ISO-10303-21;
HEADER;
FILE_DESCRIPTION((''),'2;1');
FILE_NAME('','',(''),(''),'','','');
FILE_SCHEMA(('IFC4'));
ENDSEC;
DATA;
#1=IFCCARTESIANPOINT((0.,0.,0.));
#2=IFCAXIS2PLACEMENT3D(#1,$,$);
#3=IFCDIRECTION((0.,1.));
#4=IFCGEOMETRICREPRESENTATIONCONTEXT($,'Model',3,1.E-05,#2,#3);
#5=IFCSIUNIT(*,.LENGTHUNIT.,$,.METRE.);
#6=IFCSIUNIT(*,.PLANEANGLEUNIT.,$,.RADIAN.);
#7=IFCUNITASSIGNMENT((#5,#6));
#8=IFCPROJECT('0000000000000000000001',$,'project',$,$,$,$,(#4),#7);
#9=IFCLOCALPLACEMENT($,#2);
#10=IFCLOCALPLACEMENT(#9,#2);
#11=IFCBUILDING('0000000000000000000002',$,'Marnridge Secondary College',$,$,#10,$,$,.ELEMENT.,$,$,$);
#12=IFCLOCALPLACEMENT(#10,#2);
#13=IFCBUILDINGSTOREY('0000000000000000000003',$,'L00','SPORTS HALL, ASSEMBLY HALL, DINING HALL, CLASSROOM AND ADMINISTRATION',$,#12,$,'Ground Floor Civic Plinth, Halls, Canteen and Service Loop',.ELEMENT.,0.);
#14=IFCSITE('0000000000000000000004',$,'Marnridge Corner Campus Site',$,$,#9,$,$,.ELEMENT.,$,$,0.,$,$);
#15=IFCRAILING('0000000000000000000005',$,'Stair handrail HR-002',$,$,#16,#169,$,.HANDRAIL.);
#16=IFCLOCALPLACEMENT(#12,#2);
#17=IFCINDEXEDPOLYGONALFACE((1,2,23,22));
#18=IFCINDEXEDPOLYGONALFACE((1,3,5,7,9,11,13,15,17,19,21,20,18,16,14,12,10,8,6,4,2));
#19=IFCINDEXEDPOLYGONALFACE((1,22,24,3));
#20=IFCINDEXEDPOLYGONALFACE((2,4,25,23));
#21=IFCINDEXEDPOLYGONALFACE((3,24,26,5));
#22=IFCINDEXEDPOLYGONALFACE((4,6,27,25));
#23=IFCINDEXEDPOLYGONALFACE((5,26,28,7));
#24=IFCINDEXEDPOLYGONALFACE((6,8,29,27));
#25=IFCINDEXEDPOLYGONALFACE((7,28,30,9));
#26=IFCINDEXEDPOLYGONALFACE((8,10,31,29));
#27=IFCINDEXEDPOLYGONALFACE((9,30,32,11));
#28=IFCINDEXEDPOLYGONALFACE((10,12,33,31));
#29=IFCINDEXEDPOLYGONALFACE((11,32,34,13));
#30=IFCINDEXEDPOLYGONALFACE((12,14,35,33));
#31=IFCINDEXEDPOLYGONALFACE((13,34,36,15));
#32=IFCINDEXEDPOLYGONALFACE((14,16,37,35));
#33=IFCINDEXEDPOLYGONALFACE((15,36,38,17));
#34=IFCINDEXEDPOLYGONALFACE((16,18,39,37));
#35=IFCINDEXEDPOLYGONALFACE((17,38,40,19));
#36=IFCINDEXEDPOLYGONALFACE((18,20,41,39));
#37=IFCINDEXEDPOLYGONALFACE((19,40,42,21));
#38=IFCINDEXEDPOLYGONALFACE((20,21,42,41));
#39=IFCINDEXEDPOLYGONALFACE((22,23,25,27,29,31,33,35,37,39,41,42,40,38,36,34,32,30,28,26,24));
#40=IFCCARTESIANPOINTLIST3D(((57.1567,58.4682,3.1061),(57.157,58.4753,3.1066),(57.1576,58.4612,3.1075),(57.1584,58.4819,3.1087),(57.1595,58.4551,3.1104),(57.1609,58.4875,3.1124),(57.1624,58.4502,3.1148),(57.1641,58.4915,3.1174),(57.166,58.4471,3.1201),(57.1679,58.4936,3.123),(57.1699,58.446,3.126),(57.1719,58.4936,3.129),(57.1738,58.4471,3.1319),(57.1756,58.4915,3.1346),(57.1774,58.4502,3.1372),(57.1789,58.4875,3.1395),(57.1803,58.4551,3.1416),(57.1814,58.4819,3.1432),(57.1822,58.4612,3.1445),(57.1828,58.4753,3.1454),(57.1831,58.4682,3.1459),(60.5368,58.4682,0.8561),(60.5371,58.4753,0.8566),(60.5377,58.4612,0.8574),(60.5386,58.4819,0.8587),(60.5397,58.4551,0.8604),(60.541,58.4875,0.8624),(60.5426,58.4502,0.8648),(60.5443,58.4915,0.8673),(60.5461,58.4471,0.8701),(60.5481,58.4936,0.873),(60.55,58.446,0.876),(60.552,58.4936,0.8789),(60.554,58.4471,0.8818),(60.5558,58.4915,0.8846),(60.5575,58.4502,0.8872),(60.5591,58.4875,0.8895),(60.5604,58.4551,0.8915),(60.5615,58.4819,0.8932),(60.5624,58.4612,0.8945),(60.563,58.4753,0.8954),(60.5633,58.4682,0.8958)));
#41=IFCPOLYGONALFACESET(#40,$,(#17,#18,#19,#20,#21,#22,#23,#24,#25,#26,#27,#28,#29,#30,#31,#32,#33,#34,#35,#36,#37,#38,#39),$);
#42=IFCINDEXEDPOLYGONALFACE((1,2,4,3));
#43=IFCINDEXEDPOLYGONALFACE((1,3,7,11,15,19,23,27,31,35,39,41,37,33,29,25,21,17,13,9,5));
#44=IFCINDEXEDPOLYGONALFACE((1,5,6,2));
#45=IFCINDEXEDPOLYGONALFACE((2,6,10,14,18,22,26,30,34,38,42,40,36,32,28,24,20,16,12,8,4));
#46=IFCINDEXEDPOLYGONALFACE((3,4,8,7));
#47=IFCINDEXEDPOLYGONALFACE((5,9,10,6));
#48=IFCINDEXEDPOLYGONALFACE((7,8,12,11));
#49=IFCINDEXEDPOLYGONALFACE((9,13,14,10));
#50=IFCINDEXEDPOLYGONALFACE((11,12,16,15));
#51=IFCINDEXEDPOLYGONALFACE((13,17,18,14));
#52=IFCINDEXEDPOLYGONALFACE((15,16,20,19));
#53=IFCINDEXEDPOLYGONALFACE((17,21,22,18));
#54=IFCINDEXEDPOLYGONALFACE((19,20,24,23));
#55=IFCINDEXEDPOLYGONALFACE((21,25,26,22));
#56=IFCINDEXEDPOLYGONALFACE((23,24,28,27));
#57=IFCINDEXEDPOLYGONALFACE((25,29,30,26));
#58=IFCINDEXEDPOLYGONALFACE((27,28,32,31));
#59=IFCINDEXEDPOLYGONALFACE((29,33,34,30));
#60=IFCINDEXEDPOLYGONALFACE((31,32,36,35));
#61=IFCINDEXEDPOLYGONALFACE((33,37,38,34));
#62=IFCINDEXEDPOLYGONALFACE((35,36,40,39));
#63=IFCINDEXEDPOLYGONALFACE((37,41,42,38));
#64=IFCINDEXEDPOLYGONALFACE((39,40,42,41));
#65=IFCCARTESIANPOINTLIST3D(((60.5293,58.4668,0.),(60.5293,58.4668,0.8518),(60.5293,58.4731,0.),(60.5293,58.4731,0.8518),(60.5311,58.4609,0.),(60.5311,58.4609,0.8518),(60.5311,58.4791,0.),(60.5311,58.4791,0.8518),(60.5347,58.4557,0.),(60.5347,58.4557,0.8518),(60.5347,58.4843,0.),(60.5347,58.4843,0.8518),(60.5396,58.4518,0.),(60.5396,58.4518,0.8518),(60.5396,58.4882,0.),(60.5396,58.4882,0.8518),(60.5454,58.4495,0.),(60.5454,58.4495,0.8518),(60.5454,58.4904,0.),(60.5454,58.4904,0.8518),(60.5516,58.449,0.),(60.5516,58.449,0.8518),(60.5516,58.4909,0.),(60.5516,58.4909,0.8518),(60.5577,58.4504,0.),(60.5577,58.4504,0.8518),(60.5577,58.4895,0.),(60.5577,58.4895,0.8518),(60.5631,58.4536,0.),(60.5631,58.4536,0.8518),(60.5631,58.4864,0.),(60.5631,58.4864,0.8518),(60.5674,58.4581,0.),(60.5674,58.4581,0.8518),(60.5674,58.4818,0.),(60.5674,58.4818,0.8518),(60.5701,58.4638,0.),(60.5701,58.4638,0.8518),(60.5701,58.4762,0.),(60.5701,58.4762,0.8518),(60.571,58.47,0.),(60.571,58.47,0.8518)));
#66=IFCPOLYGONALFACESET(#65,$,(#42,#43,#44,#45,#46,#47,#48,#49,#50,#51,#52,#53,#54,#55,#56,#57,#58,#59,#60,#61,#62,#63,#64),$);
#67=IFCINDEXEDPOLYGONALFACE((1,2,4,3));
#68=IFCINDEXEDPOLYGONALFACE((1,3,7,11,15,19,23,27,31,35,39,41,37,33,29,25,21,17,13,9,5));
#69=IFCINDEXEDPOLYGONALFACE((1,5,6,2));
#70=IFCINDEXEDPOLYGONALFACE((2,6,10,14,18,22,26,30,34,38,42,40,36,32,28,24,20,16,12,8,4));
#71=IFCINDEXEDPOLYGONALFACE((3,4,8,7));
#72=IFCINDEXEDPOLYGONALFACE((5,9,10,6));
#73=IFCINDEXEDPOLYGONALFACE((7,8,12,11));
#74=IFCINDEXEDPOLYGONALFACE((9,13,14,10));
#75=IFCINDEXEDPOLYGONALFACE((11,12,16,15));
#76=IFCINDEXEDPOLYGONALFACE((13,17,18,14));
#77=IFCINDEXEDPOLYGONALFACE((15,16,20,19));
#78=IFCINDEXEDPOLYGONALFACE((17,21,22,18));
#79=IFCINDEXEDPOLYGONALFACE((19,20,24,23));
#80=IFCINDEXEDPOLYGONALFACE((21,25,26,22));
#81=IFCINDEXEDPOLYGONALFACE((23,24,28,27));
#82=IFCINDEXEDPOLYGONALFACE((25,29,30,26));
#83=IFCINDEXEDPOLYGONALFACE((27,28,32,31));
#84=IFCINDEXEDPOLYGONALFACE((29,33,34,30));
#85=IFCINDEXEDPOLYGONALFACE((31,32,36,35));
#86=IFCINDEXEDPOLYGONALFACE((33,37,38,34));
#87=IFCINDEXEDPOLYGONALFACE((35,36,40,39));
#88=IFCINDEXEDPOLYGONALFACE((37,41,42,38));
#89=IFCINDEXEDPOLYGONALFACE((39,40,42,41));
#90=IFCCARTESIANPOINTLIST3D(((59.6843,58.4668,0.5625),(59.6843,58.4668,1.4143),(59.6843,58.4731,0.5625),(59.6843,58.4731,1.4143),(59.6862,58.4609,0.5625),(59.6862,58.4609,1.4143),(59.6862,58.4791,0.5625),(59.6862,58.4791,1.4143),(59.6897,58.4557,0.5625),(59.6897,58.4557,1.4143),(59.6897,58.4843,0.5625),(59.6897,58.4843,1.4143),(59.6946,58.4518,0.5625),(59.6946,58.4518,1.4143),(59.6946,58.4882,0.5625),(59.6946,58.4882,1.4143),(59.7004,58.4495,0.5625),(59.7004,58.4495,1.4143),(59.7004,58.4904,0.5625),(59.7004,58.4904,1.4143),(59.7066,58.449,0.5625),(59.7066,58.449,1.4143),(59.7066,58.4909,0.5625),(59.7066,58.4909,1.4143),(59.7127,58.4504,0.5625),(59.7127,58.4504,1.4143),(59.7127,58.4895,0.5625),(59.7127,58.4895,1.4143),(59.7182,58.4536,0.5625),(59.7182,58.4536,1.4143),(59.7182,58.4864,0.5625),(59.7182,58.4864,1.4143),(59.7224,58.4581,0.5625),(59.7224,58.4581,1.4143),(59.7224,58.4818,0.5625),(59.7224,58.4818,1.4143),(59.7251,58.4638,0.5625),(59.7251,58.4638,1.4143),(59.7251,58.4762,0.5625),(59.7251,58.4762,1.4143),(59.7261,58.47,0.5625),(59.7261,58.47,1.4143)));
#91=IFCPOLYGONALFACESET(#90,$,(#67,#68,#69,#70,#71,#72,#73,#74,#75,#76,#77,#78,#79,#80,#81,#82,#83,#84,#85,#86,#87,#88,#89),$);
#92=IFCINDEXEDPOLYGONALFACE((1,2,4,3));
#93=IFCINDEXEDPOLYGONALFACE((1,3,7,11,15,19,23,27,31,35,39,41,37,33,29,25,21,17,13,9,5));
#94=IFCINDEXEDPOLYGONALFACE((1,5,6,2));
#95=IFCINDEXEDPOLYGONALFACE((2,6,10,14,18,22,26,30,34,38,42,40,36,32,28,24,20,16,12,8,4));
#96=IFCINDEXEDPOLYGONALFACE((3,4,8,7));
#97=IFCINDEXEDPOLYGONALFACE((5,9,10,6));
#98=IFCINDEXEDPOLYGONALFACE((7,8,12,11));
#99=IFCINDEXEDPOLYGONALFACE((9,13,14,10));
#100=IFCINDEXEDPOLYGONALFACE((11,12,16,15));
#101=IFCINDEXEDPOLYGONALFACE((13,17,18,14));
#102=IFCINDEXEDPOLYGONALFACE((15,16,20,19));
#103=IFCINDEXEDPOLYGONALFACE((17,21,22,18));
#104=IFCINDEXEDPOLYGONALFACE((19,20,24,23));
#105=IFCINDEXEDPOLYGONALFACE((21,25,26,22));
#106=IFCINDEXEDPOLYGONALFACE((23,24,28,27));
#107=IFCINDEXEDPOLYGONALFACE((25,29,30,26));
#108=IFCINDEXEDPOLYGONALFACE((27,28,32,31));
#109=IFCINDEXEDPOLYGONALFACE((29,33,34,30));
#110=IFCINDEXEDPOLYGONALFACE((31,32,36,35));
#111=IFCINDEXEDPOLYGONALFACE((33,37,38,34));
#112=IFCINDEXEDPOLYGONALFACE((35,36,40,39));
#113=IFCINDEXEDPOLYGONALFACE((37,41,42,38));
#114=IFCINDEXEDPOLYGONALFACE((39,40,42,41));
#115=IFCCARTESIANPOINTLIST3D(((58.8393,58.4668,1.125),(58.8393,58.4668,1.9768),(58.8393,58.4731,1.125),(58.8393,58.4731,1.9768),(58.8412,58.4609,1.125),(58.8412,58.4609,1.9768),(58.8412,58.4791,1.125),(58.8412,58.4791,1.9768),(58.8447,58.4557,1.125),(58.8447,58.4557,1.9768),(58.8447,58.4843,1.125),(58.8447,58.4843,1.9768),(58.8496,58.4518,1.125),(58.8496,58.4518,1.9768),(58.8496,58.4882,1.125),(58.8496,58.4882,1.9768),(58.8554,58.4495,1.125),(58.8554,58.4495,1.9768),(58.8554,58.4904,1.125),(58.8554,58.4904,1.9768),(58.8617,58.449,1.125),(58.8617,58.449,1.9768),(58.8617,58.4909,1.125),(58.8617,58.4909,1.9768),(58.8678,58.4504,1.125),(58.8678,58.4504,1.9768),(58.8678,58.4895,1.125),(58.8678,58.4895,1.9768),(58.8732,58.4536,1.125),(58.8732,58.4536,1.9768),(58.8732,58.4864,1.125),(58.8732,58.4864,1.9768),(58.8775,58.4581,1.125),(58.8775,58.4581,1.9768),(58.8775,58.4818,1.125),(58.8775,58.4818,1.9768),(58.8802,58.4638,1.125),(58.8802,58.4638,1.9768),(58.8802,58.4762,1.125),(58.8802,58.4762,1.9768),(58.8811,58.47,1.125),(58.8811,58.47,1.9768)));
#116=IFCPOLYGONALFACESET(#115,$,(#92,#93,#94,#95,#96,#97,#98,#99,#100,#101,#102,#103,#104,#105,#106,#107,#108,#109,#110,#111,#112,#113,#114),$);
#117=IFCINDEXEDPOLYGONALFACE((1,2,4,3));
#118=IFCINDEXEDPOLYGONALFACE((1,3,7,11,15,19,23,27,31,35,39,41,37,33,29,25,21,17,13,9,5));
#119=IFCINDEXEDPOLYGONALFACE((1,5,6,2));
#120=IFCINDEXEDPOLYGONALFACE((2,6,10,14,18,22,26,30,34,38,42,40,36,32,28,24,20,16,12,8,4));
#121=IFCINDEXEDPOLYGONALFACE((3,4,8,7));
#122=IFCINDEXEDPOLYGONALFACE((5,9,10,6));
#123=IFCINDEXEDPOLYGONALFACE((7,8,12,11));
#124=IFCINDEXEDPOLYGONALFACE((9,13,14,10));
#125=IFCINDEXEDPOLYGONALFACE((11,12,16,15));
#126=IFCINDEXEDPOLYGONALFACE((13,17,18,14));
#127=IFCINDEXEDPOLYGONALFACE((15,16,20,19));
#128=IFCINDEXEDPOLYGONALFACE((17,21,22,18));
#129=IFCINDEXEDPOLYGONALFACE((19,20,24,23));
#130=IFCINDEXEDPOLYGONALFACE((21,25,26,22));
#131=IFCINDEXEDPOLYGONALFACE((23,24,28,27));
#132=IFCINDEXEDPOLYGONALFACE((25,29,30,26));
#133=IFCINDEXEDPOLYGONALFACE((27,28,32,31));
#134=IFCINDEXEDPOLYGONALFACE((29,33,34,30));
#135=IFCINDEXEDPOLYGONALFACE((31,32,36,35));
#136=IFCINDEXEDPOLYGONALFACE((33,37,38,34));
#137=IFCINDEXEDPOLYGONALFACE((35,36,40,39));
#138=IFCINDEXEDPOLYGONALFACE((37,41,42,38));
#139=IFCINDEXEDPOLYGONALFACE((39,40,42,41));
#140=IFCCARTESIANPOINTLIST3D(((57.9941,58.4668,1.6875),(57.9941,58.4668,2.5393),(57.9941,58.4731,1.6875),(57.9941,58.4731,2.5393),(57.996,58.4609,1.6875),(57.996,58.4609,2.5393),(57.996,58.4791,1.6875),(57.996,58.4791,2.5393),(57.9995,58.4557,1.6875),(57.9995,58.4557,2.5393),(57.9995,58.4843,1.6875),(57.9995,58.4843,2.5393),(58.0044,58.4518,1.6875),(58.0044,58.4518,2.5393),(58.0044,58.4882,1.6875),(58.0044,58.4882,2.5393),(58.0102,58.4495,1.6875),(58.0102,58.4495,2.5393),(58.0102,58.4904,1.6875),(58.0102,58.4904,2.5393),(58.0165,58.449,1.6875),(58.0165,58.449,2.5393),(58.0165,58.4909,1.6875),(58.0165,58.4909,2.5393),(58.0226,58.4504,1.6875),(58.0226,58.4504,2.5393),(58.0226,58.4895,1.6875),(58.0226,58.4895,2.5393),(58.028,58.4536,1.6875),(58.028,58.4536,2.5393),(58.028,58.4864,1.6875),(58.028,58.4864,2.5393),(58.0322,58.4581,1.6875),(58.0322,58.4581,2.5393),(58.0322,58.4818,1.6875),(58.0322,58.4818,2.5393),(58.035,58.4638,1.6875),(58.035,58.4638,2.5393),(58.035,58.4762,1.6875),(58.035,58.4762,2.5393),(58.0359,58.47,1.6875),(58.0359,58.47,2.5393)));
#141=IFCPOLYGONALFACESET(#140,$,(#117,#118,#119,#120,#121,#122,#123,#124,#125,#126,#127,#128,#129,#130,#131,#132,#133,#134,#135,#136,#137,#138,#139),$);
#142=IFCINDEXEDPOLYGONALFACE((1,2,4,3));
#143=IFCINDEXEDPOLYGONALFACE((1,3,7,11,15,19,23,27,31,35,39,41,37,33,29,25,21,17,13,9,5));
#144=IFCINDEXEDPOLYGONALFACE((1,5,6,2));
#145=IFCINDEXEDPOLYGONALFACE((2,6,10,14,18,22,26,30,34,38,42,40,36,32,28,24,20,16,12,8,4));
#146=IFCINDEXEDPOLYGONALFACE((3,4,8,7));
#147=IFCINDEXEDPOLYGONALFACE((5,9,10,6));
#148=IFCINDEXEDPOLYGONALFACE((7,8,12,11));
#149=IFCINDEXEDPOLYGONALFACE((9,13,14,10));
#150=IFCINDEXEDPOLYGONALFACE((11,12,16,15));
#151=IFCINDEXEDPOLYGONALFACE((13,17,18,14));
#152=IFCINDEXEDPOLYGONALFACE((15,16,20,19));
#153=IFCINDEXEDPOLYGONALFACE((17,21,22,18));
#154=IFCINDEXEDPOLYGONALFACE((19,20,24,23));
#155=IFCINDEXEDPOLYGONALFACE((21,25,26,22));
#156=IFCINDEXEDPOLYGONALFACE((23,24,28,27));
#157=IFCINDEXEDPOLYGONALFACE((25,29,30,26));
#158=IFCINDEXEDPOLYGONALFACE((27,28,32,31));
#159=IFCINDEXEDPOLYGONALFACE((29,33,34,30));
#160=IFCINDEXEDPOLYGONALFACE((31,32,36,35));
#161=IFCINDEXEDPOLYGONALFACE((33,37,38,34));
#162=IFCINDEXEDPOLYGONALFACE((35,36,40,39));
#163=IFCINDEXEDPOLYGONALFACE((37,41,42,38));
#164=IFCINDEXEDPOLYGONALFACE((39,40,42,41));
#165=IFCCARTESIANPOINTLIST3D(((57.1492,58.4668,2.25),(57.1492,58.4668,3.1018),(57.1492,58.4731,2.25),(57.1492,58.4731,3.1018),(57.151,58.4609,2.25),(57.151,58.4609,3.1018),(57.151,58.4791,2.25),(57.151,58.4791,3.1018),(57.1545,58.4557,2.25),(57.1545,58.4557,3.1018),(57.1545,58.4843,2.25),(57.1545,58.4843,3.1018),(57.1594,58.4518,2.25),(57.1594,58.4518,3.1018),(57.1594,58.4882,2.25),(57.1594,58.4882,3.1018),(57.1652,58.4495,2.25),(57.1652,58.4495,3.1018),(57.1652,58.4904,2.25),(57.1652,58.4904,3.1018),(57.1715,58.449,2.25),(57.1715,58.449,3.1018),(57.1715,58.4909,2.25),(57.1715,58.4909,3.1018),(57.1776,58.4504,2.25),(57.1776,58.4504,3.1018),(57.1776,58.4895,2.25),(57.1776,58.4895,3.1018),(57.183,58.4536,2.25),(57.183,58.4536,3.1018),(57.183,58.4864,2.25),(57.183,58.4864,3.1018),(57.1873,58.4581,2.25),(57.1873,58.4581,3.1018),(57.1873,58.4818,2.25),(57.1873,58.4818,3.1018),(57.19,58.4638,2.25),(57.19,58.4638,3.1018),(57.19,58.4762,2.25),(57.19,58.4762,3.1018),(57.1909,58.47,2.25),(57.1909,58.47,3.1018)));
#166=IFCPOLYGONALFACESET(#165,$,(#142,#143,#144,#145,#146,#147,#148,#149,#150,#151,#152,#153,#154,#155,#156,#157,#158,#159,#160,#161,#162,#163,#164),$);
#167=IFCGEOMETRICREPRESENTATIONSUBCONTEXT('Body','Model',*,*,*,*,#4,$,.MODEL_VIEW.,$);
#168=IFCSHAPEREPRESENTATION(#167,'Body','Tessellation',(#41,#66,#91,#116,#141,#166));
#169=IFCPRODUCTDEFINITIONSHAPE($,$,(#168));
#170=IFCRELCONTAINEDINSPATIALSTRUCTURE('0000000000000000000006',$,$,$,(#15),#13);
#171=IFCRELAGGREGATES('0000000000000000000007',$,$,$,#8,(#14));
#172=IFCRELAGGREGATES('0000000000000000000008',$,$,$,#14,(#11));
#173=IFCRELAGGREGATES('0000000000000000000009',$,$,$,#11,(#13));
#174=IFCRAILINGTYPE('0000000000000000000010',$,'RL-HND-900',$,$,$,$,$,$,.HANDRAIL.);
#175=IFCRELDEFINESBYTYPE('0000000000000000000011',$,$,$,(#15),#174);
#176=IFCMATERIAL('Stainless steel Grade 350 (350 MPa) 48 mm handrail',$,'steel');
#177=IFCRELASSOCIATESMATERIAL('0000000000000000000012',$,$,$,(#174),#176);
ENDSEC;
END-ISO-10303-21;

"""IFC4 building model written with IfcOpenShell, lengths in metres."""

from ifc_helpers import new_model, si_unit, direction, frame, origin, origin_2d, place, context, subcontext, project, spatial, circle, extrude, material, type_object, element, save


model = new_model("IFC4")

# Units and contexts
model_context = context("Model", 3, precision=1e-05, world=origin(), true_north=direction((0.0, 1.0)))
body_context = subcontext(model_context, "Body", "Model", "MODEL_VIEW")
ifc_project = project(units=[si_unit("LENGTHUNIT", "METRE"), si_unit("PLANEANGLEUNIT", "RADIAN")], contexts=[model_context])

# Site, building, storey
site_placement = place(None, origin())
site = spatial("IfcSite", under=ifc_project, at=site_placement, Name="Marnridge Corner Campus Site", CompositionType="ELEMENT", RefElevation=0.0)
building_placement = place(site_placement, origin())
building = spatial("IfcBuilding", under=site, at=building_placement, Name="Marnridge Secondary College", CompositionType="ELEMENT")
storey_placement = place(building_placement, origin())
storey = spatial("IfcBuildingStorey", under=building, at=storey_placement, Name="L00", Description="SPORTS HALL, ASSEMBLY HALL, DINING HALL, CLASSROOM AND ADMINISTRATION", LongName="Ground Floor Civic Plinth, Halls, Canteen and Service Loop", CompositionType="ELEMENT", Elevation=0.0)

# Railing
ifc_material_1 = material(Name="Stainless steel Grade 350 (350 MPa) 48 mm handrail", Category="steel")
railing_type_1 = type_object("IfcRailingType", Name="RL-HND-900", PredefinedType="HANDRAIL", material=ifc_material_1)
for number, where, name in (
    (1, (60.55, 58.47, 0.0), "Stair handrail HR-002"),
):
    element("IfcRailing", number, at=place(storey_placement, frame(where)), inside=storey, type_object=railing_type_1, Name=name, PredefinedType="HANDRAIL", context=body_context, shape_type="SweptSolid", body=[
        extrude(circle(Radius=0.0239, at=origin_2d()), frame((0.0, 0.0, 0.876), z_axis=(-0.832439, 0.0, 0.554117), x_axis=(0.0, -1.0, 0.0)), (0.0, 0.0, 1.0), 4.0605),
        extrude(circle(Radius=0.021, at=origin_2d()), origin(), (0.0, 0.0, 1.0), 0.8518),
        extrude(circle(Radius=0.021, at=origin_2d()), frame((-0.845, 0.0, 0.5625)), (0.0, 0.0, 1.0), 0.8518),
        extrude(circle(Radius=0.021, at=origin_2d()), frame((-1.6899, 0.0, 1.125)), (0.0, 0.0, 1.0), 0.8518),
        extrude(circle(Radius=0.021, at=origin_2d()), frame((-2.5352, 0.0, 1.6875)), (0.0, 0.0, 1.0), 0.8518),
        extrude(circle(Radius=0.021, at=origin_2d()), frame((-3.3801, 0.0, 2.25)), (0.0, 0.0, 1.0), 0.8518),
    ])

save(model, "model.ifc")
